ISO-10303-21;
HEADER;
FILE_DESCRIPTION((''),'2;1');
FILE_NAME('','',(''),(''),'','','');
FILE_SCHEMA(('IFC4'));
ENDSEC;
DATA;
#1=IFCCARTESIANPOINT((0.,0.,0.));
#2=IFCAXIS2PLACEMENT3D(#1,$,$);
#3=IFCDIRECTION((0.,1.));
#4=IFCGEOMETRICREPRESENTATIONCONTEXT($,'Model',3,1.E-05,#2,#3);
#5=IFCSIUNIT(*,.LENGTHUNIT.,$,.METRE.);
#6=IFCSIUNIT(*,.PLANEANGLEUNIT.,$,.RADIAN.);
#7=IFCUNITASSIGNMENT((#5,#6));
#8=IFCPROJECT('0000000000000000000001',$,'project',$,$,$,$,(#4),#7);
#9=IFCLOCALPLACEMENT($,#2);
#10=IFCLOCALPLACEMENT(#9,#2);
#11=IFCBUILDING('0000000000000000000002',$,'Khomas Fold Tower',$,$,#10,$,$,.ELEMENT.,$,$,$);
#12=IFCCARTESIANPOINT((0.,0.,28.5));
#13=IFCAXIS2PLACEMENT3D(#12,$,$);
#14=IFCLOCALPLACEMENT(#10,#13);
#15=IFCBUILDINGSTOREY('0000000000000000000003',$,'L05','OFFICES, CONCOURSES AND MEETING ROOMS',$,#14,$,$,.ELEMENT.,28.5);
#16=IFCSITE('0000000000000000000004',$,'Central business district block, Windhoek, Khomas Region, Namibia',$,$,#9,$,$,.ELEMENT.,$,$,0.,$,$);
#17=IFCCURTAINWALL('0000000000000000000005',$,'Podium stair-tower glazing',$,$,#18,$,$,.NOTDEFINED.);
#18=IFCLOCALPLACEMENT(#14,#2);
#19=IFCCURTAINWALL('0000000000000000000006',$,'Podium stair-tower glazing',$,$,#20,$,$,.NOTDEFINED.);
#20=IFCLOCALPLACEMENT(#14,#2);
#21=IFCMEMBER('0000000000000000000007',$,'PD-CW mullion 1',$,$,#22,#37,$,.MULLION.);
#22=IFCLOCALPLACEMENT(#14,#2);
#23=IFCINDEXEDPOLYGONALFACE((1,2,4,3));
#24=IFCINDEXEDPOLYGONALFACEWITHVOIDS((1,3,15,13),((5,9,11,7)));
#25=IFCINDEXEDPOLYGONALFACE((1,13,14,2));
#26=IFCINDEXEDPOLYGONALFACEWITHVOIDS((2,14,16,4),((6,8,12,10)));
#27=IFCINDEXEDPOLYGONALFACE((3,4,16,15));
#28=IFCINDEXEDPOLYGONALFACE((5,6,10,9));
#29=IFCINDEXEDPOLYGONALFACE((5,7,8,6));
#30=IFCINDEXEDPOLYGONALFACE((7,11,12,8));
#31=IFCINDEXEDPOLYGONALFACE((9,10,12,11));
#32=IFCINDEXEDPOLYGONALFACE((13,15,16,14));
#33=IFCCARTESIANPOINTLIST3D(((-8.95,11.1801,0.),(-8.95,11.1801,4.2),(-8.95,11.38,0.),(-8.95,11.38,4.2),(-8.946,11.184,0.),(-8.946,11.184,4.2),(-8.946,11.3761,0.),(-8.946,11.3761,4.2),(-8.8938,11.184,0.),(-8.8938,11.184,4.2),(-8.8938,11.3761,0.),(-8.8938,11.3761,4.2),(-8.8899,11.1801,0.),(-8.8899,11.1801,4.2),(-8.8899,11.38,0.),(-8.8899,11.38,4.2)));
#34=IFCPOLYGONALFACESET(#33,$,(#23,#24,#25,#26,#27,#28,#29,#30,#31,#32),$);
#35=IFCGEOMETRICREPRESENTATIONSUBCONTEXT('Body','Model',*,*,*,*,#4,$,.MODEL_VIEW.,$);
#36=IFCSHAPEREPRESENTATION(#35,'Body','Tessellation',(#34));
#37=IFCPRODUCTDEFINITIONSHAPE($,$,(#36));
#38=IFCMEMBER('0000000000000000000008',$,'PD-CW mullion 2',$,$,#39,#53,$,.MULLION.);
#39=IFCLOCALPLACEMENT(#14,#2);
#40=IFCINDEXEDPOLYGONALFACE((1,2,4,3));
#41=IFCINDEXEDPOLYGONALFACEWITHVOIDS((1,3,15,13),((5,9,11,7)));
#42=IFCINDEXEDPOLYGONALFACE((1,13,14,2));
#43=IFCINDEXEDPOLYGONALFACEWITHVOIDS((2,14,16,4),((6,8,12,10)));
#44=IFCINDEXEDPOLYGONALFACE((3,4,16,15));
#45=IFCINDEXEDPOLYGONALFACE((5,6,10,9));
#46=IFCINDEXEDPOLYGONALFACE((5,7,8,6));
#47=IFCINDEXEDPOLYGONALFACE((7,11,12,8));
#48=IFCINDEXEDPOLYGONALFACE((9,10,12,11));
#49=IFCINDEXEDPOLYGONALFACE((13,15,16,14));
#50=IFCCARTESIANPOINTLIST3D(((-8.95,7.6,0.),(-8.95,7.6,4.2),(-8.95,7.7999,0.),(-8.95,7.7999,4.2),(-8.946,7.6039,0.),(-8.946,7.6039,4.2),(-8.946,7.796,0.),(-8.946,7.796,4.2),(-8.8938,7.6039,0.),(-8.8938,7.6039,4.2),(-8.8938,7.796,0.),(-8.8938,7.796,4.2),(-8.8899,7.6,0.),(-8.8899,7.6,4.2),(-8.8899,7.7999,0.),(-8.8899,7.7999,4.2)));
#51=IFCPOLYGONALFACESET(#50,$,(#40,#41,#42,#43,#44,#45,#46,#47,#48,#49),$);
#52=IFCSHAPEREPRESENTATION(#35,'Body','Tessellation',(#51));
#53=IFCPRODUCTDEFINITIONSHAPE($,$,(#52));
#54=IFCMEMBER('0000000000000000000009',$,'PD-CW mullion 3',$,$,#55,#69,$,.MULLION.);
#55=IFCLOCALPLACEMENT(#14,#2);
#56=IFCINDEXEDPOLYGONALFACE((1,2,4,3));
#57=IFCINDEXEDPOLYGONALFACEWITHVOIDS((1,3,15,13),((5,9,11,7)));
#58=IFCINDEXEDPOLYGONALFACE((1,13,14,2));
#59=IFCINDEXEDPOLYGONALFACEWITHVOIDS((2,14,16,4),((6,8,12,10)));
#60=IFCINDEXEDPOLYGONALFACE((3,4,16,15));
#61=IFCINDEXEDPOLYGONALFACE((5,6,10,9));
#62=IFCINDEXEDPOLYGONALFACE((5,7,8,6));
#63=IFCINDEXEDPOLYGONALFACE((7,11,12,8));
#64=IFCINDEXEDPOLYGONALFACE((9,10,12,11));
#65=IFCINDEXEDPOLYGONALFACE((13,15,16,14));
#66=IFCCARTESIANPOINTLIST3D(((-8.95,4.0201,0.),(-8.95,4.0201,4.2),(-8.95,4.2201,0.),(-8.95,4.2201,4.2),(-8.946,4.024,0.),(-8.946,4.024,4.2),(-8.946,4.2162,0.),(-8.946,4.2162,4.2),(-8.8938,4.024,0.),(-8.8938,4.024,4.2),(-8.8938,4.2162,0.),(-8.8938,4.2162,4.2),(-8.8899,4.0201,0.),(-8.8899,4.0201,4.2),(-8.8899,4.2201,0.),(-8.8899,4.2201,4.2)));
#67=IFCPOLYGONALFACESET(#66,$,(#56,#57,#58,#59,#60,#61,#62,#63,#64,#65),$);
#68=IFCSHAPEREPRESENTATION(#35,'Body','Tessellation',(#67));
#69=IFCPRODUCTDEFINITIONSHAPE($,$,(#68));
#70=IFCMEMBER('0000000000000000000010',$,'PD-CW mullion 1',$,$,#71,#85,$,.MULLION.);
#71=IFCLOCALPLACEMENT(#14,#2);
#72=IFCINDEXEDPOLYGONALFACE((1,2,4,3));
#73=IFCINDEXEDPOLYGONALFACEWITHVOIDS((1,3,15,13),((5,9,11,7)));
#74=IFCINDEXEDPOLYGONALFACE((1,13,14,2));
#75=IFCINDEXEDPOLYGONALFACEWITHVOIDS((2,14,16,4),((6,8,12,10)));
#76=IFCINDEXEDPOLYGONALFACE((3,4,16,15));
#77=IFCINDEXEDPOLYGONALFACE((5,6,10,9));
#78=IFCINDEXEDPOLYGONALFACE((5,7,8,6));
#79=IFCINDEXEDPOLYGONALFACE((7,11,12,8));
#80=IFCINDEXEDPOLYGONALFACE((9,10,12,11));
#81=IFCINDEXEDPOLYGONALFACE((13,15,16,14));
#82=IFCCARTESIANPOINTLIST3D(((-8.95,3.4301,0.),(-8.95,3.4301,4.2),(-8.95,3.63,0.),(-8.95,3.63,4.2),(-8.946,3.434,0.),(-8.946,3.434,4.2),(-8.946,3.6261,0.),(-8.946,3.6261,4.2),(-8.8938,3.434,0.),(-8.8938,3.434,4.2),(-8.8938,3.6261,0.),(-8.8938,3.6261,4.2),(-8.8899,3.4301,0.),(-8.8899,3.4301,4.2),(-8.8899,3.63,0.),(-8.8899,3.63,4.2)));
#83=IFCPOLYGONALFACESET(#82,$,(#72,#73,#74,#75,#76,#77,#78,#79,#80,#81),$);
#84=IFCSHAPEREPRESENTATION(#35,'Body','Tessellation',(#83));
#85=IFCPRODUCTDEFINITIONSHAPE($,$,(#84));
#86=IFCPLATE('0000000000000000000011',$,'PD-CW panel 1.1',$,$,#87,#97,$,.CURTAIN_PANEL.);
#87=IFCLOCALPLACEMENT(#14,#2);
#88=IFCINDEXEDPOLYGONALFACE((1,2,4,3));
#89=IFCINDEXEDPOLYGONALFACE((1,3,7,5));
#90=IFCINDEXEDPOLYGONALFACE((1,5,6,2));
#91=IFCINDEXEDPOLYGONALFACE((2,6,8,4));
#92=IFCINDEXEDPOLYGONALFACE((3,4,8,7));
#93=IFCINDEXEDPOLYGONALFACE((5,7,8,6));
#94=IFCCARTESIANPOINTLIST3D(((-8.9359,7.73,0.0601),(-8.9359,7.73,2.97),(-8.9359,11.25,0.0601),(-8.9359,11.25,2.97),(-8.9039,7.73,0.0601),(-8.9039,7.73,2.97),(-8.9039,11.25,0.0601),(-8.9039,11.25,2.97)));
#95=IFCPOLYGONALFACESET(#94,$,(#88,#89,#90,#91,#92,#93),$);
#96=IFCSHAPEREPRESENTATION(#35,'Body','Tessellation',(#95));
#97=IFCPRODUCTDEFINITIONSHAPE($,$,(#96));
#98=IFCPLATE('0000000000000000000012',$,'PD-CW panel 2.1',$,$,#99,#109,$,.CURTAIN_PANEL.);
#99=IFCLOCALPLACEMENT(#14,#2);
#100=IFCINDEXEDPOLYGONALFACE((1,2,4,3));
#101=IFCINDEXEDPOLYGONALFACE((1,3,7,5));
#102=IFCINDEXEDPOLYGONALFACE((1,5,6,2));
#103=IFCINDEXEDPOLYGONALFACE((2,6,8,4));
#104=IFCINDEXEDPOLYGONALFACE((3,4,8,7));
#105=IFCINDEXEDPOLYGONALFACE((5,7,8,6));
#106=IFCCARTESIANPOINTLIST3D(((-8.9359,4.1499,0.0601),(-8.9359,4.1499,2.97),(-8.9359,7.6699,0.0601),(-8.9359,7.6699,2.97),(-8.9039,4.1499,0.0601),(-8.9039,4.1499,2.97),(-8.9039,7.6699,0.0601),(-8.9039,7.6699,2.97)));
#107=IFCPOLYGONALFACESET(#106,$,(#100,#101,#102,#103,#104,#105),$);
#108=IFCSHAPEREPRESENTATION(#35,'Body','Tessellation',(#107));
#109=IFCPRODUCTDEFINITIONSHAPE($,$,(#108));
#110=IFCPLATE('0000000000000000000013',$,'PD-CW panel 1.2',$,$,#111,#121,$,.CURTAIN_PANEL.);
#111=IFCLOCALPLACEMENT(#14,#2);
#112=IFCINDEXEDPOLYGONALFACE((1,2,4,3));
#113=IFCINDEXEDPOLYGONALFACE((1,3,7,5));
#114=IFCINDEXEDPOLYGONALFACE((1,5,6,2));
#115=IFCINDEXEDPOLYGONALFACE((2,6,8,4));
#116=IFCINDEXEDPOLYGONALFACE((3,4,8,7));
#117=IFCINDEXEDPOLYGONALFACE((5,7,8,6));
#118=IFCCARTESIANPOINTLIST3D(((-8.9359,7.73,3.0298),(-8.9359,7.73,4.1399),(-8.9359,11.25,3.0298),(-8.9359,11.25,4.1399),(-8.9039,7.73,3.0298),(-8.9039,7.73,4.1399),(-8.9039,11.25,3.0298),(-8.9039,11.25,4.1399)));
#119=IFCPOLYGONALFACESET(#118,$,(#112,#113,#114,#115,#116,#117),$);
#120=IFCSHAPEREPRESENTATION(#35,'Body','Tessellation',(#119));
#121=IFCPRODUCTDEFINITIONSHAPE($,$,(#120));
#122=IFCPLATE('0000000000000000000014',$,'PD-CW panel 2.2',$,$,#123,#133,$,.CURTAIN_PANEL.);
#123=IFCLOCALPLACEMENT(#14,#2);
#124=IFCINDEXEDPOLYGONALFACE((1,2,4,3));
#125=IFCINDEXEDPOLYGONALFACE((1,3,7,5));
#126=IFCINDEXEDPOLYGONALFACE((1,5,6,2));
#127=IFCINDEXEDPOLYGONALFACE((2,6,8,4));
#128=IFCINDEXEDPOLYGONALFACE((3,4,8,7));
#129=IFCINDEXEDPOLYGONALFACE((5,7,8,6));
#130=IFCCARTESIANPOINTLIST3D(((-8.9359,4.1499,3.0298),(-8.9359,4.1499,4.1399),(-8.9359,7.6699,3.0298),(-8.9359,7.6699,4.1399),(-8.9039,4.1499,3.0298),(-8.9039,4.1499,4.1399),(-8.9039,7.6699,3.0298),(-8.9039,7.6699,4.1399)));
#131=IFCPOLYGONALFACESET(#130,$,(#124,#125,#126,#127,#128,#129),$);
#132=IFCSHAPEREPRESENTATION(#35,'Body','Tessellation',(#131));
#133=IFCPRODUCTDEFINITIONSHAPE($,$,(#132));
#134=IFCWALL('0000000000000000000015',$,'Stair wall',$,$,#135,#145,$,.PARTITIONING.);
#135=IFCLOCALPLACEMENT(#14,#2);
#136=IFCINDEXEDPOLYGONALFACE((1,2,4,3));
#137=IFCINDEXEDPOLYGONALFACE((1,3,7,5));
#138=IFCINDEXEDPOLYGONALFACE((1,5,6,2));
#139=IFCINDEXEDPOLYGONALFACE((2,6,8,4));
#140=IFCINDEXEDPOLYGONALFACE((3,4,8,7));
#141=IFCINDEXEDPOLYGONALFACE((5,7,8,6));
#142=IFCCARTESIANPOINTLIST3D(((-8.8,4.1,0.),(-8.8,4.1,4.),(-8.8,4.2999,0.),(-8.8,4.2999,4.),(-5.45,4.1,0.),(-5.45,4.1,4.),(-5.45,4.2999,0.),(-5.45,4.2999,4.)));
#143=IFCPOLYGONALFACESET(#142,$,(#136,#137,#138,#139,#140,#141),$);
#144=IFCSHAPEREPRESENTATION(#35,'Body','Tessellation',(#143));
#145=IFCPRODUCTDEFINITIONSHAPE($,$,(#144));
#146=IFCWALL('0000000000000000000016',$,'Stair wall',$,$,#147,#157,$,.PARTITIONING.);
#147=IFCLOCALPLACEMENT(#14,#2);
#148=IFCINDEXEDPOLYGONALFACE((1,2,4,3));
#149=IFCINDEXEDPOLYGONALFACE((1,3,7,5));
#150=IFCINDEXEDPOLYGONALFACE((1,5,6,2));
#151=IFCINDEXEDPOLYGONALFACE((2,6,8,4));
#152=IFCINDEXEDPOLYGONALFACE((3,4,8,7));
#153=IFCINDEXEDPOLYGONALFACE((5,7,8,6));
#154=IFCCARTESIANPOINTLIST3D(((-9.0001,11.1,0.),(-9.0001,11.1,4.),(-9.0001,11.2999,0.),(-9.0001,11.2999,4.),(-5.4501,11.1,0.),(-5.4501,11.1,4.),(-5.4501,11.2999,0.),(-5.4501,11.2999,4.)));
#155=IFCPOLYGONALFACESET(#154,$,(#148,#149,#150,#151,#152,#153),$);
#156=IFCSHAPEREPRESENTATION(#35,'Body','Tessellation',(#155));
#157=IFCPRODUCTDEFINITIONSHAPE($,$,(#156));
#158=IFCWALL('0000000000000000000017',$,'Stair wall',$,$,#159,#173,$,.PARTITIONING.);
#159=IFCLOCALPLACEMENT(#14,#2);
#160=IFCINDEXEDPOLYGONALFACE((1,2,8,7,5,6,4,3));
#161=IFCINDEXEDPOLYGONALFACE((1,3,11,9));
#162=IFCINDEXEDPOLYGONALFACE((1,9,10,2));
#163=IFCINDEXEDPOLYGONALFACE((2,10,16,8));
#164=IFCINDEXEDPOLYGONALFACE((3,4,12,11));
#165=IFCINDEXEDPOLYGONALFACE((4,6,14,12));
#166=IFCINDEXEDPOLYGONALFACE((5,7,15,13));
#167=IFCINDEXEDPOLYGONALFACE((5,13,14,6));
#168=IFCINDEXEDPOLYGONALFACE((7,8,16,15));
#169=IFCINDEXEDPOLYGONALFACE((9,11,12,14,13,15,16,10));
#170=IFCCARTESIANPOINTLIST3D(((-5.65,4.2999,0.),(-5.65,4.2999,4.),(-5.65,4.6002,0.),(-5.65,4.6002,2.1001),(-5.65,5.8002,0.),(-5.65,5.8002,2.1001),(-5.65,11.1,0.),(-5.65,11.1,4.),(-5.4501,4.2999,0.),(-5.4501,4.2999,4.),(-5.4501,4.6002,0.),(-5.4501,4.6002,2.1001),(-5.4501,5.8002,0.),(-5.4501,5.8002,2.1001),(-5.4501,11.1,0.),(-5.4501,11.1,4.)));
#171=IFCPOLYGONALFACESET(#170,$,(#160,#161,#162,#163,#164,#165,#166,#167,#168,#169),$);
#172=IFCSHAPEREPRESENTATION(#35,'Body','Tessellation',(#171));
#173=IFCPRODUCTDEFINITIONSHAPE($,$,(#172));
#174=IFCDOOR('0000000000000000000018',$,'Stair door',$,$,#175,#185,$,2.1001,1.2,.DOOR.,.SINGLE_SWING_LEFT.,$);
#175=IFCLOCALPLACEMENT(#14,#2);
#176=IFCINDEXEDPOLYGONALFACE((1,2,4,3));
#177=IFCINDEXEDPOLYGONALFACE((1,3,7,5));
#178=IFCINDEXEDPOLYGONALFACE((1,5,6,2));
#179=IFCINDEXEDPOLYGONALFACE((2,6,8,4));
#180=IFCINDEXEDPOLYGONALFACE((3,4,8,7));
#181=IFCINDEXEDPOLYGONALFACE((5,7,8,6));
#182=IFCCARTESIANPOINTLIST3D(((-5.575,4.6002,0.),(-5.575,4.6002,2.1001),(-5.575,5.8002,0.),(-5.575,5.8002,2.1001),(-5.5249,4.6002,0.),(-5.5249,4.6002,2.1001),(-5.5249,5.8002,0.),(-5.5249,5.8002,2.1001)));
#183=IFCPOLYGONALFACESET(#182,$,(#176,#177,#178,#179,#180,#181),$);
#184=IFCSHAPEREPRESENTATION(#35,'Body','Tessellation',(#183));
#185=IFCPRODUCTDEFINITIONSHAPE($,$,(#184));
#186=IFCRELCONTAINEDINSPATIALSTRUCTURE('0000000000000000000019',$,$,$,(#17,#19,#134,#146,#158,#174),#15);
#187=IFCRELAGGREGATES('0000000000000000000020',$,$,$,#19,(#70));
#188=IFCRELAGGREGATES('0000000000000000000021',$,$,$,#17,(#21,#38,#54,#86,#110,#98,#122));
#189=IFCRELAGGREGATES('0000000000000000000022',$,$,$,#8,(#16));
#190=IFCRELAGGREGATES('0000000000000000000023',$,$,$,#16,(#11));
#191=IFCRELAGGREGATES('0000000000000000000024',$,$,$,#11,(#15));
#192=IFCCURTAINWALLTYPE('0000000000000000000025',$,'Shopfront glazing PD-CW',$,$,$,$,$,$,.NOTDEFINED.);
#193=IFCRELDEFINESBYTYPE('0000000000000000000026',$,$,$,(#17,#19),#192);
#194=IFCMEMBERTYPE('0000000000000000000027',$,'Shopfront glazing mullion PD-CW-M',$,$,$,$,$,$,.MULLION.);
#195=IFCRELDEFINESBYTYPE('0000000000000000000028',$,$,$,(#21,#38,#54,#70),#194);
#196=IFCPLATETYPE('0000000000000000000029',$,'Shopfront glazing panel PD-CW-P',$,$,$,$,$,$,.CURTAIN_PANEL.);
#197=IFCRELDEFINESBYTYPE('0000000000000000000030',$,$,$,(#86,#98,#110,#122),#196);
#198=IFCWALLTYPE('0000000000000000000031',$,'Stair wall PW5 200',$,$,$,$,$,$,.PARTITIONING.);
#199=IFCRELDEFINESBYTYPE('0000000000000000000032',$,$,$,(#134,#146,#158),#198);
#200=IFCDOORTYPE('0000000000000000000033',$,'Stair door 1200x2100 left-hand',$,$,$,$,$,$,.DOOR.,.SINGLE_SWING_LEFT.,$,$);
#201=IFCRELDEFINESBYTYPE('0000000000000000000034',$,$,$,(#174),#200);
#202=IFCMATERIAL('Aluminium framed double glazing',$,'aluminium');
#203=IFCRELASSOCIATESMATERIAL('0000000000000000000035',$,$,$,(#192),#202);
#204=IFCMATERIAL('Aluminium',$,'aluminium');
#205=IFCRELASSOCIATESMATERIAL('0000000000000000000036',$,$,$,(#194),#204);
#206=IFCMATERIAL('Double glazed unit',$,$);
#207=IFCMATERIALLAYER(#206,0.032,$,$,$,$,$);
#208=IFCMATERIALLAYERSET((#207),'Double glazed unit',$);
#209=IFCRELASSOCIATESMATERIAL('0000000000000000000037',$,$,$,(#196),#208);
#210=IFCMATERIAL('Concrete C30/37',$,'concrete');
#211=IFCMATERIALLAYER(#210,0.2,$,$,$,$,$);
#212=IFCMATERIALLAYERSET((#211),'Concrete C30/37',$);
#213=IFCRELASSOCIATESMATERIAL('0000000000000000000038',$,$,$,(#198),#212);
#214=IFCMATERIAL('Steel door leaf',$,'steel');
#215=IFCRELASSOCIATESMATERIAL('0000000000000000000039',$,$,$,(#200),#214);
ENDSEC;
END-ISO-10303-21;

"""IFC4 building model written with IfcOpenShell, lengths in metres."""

from ifc_helpers import new_model, si_unit, direction, frame, frame_2d, origin, origin_2d, place, context, subcontext, project, spatial, rectangle, hollow_rectangle, extrude, source, transform, mapped, material, layer, layer_set, material_profile, profile_set, type_object, element, fill, aggregate, save


model = new_model("IFC4")

# Units and contexts
model_context = context("Model", 3, precision=1e-05, world=origin(), true_north=direction((0.0, 1.0)))
body_context = subcontext(model_context, "Body", "Model", "MODEL_VIEW")
ifc_project = project(units=[si_unit("LENGTHUNIT", "METRE"), si_unit("PLANEANGLEUNIT", "RADIAN")], contexts=[model_context])

# Site, building, storey
site_placement = place(None, origin())
site = spatial("IfcSite", under=ifc_project, at=site_placement, Name="Central business district block, Windhoek, Khomas Region, Namibia", CompositionType="ELEMENT", RefElevation=0.0)
building_placement = place(site_placement, origin())
building = spatial("IfcBuilding", under=site, at=building_placement, Name="Khomas Fold Tower", CompositionType="ELEMENT")
storey_placement = place(building_placement, frame((0.0, 0.0, 28.5)))
storey = spatial("IfcBuildingStorey", under=building, at=storey_placement, Name="L05", Description="OFFICES, CONCOURSES AND MEETING ROOMS", CompositionType="ELEMENT", Elevation=28.5)

# Curtain walls
ifc_material_1 = material(Name="Aluminium framed double glazing", Category="aluminium")
curtain_wall_type = type_object("IfcCurtainWallType", Name="Shopfront glazing PD-CW", PredefinedType="NOTDEFINED", material=ifc_material_1)
curtain_wall_1_placement = place(storey_placement, origin())
curtain_wall_1 = element("IfcCurtainWall", 1, at=curtain_wall_1_placement, inside=storey, type_object=curtain_wall_type, Name="Podium stair-tower glazing", PredefinedType="NOTDEFINED")
curtain_wall_2_placement = place(storey_placement, origin())
curtain_wall_2 = element("IfcCurtainWall", 2, at=curtain_wall_2_placement, inside=storey, type_object=curtain_wall_type, Name="Podium stair-tower glazing", PredefinedType="NOTDEFINED")

# Members
ifc_material_2 = material(Name="Aluminium", Category="aluminium")
ifc_material_profile_1 = material_profile(ifc_material_2, hollow_rectangle(XDim=0.0601, YDim=0.2, WallThickness=0.0039, at=origin_2d()), Name="Shopfront glazing mullion PD-CW-M")
ifc_profile_set_1 = profile_set([ifc_material_profile_1], Name="Aluminium")
member_type_1 = type_object("IfcMemberType", Name="Shopfront glazing mullion PD-CW-M", PredefinedType="MULLION", material=ifc_profile_set_1)
shared_shape_1 = source(origin(), body_context, "Body", "SweptSolid", [
    extrude(hollow_rectangle(XDim=0.0601, YDim=0.2, WallThickness=0.0039, at=origin_2d()), origin(), (0.0, 0.0, 1.0), 4.2),
])
member_1_placement = place(storey_placement, frame((-8.9199, 11.28, 0.0), z_axis=(0.0, 0.0, 1.0), x_axis=(1.0, 0.0, 0.0)))
member_1 = element("IfcMember", 3, at=member_1_placement, type_object=member_type_1, Name="PD-CW mullion 1", PredefinedType="MULLION", context=body_context, shape_type="MappedRepresentation", body=[
    mapped(shared_shape_1, transform((0.0, 0.0, 0.0))),
])
member_2_placement = place(storey_placement, frame((-8.9199, 7.7, 0.0), z_axis=(0.0, 0.0, 1.0), x_axis=(1.0, 0.0, 0.0)))
member_2 = element("IfcMember", 4, at=member_2_placement, type_object=member_type_1, Name="PD-CW mullion 2", PredefinedType="MULLION", context=body_context, shape_type="MappedRepresentation", body=[
    mapped(shared_shape_1, transform((0.0, 0.0, 0.0))),
])
member_3_placement = place(storey_placement, frame((-8.9199, 4.1201, 0.0), z_axis=(0.0, 0.0, 1.0), x_axis=(1.0, 0.0, 0.0)))
member_3 = element("IfcMember", 5, at=member_3_placement, type_object=member_type_1, Name="PD-CW mullion 3", PredefinedType="MULLION", context=body_context, shape_type="MappedRepresentation", body=[
    mapped(shared_shape_1, transform((0.0, 0.0, 0.0))),
])
member_4_placement = place(storey_placement, frame((-8.9199, 3.53, 0.0), z_axis=(0.0, 0.0, 1.0), x_axis=(1.0, 0.0, 0.0)))
member_4 = element("IfcMember", 6, at=member_4_placement, type_object=member_type_1, Name="PD-CW mullion 1", PredefinedType="MULLION", context=body_context, shape_type="MappedRepresentation", body=[
    mapped(shared_shape_1, transform((0.0, 0.0, 0.0))),
])
aggregate(curtain_wall_2, [member_4])

# Plates
ifc_material_3 = material(Name="Double glazed unit")
ifc_layer_1 = layer(ifc_material_3, 0.032)
ifc_layer_set_1 = layer_set([ifc_layer_1], Name="Double glazed unit")
plate_type = type_object("IfcPlateType", Name="Shopfront glazing panel PD-CW-P", PredefinedType="CURTAIN_PANEL", material=ifc_layer_set_1)
shared_shape_2 = source(origin(), body_context, "Body", "SweptSolid", [
    extrude(rectangle(XDim=3.52, YDim=0.032, at=origin_2d()), origin(), (0.0, 0.0, 1.0), 2.9099),
])
plate_1_placement = place(storey_placement, frame((-8.9199, 9.49, 0.0601), z_axis=(0.0, 0.0, 1.0), x_axis=(0.0, -1.0, 0.0)))
plate_1 = element("IfcPlate", 7, at=plate_1_placement, type_object=plate_type, Name="PD-CW panel 1.1", PredefinedType="CURTAIN_PANEL", context=body_context, shape_type="MappedRepresentation", body=[
    mapped(shared_shape_2, transform((0.0, 0.0, 0.0))),
])
plate_2_placement = place(storey_placement, frame((-8.9199, 5.9099, 0.0601), z_axis=(0.0, 0.0, 1.0), x_axis=(0.0, -1.0, 0.0)))
plate_2 = element("IfcPlate", 8, at=plate_2_placement, type_object=plate_type, Name="PD-CW panel 2.1", PredefinedType="CURTAIN_PANEL", context=body_context, shape_type="MappedRepresentation", body=[
    mapped(shared_shape_2, transform((0.0, 0.0, 0.0))),
])
shared_shape_3 = source(origin(), body_context, "Body", "SweptSolid", [
    extrude(rectangle(XDim=3.52, YDim=0.032, at=origin_2d()), origin(), (0.0, 0.0, 1.0), 1.1101),
])
plate_3_placement = place(storey_placement, frame((-8.9199, 9.49, 3.0298), z_axis=(0.0, 0.0, 1.0), x_axis=(0.0, -1.0, 0.0)))
plate_3 = element("IfcPlate", 9, at=plate_3_placement, type_object=plate_type, Name="PD-CW panel 1.2", PredefinedType="CURTAIN_PANEL", context=body_context, shape_type="MappedRepresentation", body=[
    mapped(shared_shape_3, transform((0.0, 0.0, 0.0))),
])
plate_4_placement = place(storey_placement, frame((-8.9199, 5.9099, 3.0298), z_axis=(0.0, 0.0, 1.0), x_axis=(0.0, -1.0, 0.0)))
plate_4 = element("IfcPlate", 10, at=plate_4_placement, type_object=plate_type, Name="PD-CW panel 2.2", PredefinedType="CURTAIN_PANEL", context=body_context, shape_type="MappedRepresentation", body=[
    mapped(shared_shape_3, transform((0.0, 0.0, 0.0))),
])
aggregate(curtain_wall_1, [member_1, member_2, member_3, plate_1, plate_3, plate_2, plate_4])

# Walls
ifc_material_4 = material(Name="Concrete C30/37", Category="concrete")
ifc_layer_2 = layer(ifc_material_4, 0.2)
ifc_layer_set_2 = layer_set([ifc_layer_2], Name="Concrete C30/37")
wall_type = type_object("IfcWallType", Name="Stair wall PW5 200", PredefinedType="PARTITIONING", material=ifc_layer_set_2)
shared_shape_4 = source(origin(), body_context, "Body", "SweptSolid", [
    extrude(rectangle(XDim=3.3501, YDim=0.2, at=frame_2d((1.675, 0.0))), origin(), (0.0, 0.0, 1.0), 4.0),
])
wall_1_placement = place(storey_placement, frame((-8.8, 4.2, 0.0), z_axis=(0.0, 0.0, 1.0), x_axis=(1.0, 0.0, 0.0)))
element("IfcWall", 11, at=wall_1_placement, inside=storey, type_object=wall_type, Name="Stair wall", PredefinedType="PARTITIONING", context=body_context, shape_type="MappedRepresentation", body=[
    mapped(shared_shape_4, transform((0.0, 0.0, 0.0))),
])
shared_shape_5 = source(origin(), body_context, "Body", "SweptSolid", [
    extrude(rectangle(XDim=3.55, YDim=0.2, at=frame_2d((1.7749, 0.0))), origin(), (0.0, 0.0, 1.0), 4.0),
])
wall_2_placement = place(storey_placement, frame((-9.0, 11.2, 0.0), z_axis=(0.0, 0.0, 1.0), x_axis=(1.0, 0.0, 0.0)))
element("IfcWall", 12, at=wall_2_placement, inside=storey, type_object=wall_type, Name="Stair wall", PredefinedType="PARTITIONING", context=body_context, shape_type="MappedRepresentation", body=[
    mapped(shared_shape_5, transform((0.0, 0.0, 0.0))),
])

# Wall, opening, door
shared_shape_6 = source(origin(), body_context, "Body", "SweptSolid", [
    extrude(rectangle(XDim=6.8, YDim=0.2, at=frame_2d((3.3999, 0.0))), origin(), (0.0, 0.0, 1.0), 4.0),
])
wall_3_placement = place(storey_placement, frame((-5.55, 4.3, 0.0), z_axis=(0.0, 0.0, 1.0), x_axis=(0.0, 1.0, 0.0)))
wall_3 = element("IfcWall", 13, at=wall_3_placement, inside=storey, type_object=wall_type, Name="Stair wall", PredefinedType="PARTITIONING", context=body_context, shape_type="MappedRepresentation", body=[
    mapped(shared_shape_6, transform((0.0, 0.0, 0.0))),
])
shared_shape_7 = source(origin(), body_context, "Body", "SweptSolid", [
    extrude(rectangle(XDim=1.2, YDim=2.1001, at=frame_2d((0.6001, 1.05))), frame((0.0, 0.1099, 0.0), z_axis=(0.0, -1.0, 0.0), x_axis=(1.0, 0.0, 0.0)), (0.0, 0.0, 1.0), 0.22),
])
opening_placement = place(wall_3_placement, frame((0.3, 0.0, 0.0)))
opening = element("IfcOpeningElement", 14, at=opening_placement, cuts=wall_3, PredefinedType="OPENING", context=body_context, shape_type="MappedRepresentation", body=[
    mapped(shared_shape_7, transform((0.0, 0.0, 0.0))),
])
ifc_material_5 = material(Name="Steel door leaf", Category="steel")
door_type = type_object("IfcDoorType", Name="Stair door 1200x2100 left-hand", OperationType="SINGLE_SWING_LEFT", PredefinedType="DOOR", material=ifc_material_5)
shared_shape_8 = source(origin(), body_context, "Body", "SweptSolid", [
    extrude(rectangle(XDim=1.2, YDim=2.1001, at=frame_2d((0.6001, 1.05))), frame((0.0, 0.0249, 0.0), z_axis=(0.0, -1.0, 0.0), x_axis=(1.0, 0.0, 0.0)), (0.0, 0.0, 1.0), 0.05),
])
door_placement = place(opening_placement, origin())
door = element("IfcDoor", 15, at=door_placement, inside=storey, type_object=door_type, Name="Stair door", OperationType="SINGLE_SWING_LEFT", OverallHeight=2.1001, OverallWidth=1.2, PredefinedType="DOOR", context=body_context, shape_type="MappedRepresentation", body=[
    mapped(shared_shape_8, transform((0.0, 0.0, 0.0))),
])
fill(opening, door)

save(model, "model.ifc")
